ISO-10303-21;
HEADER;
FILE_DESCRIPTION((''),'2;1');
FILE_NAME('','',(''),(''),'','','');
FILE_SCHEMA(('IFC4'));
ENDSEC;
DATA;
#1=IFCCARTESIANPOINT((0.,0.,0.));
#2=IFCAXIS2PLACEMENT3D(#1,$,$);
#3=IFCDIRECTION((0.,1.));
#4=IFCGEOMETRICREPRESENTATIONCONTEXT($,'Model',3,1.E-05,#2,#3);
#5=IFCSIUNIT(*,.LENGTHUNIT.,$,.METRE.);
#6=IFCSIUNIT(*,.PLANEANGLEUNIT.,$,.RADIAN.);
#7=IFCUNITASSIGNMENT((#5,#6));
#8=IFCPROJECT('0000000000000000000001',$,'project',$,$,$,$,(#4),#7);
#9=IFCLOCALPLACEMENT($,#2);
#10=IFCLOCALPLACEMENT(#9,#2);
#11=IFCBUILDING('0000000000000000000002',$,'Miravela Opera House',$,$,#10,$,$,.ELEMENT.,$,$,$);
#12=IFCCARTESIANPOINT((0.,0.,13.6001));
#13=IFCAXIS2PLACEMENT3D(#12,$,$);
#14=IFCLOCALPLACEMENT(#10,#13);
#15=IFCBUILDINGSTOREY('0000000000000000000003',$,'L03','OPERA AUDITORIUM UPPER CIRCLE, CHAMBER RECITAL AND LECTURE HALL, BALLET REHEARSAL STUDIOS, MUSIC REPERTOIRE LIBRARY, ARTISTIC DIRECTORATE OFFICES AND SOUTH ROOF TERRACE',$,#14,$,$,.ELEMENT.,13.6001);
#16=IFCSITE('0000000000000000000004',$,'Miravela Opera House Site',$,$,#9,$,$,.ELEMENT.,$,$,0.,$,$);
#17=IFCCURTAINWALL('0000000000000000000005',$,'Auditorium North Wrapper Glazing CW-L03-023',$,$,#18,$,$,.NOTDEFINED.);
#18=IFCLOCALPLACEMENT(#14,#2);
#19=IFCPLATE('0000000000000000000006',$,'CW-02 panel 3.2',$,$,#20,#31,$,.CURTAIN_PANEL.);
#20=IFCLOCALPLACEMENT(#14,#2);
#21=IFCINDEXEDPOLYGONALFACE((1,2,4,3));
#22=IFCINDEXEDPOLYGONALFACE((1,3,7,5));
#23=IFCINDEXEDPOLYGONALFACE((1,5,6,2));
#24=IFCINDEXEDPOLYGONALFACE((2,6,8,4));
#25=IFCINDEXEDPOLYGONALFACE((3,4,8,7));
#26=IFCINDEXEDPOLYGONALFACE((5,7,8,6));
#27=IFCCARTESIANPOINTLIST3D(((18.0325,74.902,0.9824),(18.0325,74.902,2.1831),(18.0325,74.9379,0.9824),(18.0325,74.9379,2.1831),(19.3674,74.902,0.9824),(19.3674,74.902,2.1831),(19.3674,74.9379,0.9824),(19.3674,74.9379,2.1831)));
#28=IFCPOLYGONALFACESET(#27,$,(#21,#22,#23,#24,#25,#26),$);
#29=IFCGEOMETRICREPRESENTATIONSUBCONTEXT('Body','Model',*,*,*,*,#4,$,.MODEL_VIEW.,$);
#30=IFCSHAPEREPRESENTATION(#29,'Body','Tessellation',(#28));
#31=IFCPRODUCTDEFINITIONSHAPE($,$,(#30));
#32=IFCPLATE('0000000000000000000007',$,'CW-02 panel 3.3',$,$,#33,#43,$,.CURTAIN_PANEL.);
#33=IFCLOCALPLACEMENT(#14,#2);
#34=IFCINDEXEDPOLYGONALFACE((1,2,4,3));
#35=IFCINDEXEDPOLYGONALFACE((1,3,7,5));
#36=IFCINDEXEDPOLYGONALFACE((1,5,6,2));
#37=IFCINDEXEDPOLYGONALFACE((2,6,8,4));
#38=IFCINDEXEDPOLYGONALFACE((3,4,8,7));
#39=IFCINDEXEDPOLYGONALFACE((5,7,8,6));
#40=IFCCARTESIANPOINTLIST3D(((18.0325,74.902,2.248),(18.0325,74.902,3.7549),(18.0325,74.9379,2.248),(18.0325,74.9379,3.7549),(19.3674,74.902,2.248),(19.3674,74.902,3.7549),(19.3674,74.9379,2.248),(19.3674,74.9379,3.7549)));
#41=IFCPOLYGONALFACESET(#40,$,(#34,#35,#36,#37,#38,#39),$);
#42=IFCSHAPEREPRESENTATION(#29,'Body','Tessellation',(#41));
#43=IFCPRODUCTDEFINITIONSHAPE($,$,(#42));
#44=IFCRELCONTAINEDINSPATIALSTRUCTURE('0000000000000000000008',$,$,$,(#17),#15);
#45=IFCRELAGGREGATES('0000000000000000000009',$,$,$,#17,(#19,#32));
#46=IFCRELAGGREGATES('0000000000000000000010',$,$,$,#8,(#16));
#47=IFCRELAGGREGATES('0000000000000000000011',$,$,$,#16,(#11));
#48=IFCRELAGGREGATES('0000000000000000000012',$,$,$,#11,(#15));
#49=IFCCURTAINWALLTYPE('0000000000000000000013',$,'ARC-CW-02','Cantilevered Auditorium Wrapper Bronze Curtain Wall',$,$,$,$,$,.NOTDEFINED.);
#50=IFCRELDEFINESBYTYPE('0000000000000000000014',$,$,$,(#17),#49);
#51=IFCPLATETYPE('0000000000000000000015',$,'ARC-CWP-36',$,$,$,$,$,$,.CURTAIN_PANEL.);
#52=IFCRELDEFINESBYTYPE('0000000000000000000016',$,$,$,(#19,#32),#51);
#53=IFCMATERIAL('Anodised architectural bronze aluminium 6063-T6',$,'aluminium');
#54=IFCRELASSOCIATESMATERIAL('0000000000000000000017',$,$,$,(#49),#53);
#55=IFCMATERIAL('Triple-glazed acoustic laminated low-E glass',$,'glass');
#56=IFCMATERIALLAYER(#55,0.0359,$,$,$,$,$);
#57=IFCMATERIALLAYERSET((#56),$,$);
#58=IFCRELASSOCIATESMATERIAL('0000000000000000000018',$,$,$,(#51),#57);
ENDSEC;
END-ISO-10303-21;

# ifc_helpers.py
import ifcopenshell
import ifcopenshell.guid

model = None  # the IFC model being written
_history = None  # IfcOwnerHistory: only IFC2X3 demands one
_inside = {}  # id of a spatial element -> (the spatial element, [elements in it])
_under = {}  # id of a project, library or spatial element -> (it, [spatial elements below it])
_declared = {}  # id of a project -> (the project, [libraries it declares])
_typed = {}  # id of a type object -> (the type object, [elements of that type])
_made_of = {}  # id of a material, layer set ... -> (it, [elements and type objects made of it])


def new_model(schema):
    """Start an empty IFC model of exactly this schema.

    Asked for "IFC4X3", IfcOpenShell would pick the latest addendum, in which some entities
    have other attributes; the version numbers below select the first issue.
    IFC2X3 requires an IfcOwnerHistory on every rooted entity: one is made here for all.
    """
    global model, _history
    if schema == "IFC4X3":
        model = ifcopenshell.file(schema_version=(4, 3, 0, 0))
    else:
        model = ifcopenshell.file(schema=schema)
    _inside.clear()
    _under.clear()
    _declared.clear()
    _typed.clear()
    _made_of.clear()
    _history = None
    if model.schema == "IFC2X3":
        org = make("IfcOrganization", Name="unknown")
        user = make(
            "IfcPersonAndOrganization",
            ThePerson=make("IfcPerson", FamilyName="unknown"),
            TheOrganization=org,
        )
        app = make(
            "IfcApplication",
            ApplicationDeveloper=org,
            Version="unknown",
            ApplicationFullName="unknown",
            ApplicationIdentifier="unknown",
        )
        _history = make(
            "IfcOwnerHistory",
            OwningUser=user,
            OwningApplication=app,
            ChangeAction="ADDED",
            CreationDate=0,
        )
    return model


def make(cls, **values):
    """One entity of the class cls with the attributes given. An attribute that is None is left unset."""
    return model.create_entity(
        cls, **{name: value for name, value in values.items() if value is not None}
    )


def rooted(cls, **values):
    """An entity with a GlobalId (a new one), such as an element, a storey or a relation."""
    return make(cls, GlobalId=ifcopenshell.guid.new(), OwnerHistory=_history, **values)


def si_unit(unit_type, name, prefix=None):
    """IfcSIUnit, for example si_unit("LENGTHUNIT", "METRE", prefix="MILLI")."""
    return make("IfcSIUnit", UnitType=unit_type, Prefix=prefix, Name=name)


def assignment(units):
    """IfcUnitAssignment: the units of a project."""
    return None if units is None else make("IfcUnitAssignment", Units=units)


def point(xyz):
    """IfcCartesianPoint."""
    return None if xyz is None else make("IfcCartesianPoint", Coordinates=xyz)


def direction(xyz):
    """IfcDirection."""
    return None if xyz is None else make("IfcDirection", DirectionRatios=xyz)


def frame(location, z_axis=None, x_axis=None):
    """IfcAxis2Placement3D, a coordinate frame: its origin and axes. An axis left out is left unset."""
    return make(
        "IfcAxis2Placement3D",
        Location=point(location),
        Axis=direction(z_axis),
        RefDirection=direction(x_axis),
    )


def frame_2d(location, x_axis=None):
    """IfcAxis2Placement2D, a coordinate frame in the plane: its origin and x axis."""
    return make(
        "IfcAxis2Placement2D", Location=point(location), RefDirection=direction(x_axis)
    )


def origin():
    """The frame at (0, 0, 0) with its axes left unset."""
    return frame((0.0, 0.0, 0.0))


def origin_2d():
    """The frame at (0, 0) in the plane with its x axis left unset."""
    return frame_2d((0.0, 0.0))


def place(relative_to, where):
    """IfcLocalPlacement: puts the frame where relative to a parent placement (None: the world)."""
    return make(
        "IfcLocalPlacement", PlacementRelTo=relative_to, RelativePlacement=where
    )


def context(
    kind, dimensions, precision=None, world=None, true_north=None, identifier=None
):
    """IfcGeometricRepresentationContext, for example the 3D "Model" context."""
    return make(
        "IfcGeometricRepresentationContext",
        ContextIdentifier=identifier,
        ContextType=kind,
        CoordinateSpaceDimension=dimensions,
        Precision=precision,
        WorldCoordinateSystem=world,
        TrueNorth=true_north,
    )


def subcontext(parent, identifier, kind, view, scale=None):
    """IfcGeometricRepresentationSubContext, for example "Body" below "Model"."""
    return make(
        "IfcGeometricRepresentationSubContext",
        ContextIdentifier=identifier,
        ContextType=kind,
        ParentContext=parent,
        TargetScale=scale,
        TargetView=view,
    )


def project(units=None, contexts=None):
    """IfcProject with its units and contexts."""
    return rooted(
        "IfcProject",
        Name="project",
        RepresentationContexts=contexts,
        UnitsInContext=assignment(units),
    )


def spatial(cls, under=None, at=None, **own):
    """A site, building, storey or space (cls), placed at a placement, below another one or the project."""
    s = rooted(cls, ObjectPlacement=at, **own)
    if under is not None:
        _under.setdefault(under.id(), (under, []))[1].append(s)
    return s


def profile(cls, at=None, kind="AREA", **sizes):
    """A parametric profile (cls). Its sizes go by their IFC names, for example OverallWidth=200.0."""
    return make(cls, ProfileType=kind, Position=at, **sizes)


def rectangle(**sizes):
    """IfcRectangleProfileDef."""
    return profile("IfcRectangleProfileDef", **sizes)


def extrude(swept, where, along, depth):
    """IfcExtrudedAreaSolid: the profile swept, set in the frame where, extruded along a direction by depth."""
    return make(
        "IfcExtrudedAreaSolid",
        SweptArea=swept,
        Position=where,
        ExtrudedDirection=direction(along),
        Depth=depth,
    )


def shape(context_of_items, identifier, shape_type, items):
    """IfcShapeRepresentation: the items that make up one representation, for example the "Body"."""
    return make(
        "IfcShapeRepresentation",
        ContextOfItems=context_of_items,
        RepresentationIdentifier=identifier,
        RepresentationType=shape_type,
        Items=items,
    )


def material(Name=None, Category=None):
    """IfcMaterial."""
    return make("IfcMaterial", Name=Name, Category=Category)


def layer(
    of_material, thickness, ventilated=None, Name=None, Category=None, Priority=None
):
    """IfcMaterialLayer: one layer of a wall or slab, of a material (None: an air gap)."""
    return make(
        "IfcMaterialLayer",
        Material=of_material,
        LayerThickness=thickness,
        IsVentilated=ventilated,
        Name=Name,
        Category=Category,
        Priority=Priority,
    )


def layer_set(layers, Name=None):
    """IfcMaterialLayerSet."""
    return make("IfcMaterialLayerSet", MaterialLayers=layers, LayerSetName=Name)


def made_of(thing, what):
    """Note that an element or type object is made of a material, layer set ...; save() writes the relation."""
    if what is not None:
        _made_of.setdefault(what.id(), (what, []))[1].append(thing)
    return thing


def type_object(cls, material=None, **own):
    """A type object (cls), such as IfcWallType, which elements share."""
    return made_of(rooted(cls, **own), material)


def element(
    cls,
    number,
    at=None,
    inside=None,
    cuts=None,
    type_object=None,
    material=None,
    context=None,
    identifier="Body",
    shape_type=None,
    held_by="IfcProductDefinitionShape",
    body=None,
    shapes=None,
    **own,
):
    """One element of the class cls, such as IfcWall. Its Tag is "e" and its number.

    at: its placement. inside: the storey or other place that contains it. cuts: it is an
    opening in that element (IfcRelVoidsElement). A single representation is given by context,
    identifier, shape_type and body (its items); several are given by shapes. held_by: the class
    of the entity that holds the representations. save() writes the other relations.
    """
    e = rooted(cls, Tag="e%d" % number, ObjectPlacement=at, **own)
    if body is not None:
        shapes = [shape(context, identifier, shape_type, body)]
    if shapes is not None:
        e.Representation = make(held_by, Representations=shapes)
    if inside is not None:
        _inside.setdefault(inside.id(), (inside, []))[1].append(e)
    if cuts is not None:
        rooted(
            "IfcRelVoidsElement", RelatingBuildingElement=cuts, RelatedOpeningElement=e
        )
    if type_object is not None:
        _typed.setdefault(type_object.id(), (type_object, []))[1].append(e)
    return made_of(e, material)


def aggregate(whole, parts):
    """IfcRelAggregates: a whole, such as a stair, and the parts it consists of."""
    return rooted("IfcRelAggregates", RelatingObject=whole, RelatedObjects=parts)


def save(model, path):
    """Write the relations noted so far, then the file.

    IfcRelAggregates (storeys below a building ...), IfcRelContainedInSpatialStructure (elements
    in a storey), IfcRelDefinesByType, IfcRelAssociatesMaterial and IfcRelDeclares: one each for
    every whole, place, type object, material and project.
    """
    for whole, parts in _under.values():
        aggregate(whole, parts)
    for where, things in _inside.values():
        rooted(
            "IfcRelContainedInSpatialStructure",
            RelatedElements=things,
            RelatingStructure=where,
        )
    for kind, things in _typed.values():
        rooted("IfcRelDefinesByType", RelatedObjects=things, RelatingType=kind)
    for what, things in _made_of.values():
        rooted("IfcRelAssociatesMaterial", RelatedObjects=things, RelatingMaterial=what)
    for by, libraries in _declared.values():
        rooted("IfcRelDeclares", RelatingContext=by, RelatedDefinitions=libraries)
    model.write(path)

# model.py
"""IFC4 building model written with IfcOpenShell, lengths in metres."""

from ifc_helpers import new_model, si_unit, direction, frame, origin, origin_2d, place, context, subcontext, project, spatial, rectangle, extrude, material, layer, layer_set, type_object, element, aggregate, save


model = new_model("IFC4")

# Units and contexts
model_context = context("Model", 3, precision=1e-05, world=origin(), true_north=direction((0.0, 1.0)))
body_context = subcontext(model_context, "Body", "Model", "MODEL_VIEW")
ifc_project = project(units=[si_unit("LENGTHUNIT", "METRE"), si_unit("PLANEANGLEUNIT", "RADIAN")], contexts=[model_context])

# Site, building, storey
site_placement = place(None, origin())
site = spatial("IfcSite", under=ifc_project, at=site_placement, Name="Miravela Opera House Site", CompositionType="ELEMENT", RefElevation=0.0)
building_placement = place(site_placement, origin())
building = spatial("IfcBuilding", under=site, at=building_placement, Name="Miravela Opera House", CompositionType="ELEMENT")
storey_placement = place(building_placement, frame((0.0, 0.0, 13.6001)))
storey = spatial("IfcBuildingStorey", under=building, at=storey_placement, Name="L03", Description="OPERA AUDITORIUM UPPER CIRCLE, CHAMBER RECITAL AND LECTURE HALL, BALLET REHEARSAL STUDIOS, MUSIC REPERTOIRE LIBRARY, ARTISTIC DIRECTORATE OFFICES AND SOUTH ROOF TERRACE", CompositionType="ELEMENT", Elevation=13.6001)

# Curtain wall, plates
ifc_material_1 = material(Name="Anodised architectural bronze aluminium 6063-T6", Category="aluminium")
curtain_wall_type = type_object("IfcCurtainWallType", Name="ARC-CW-02", Description="Cantilevered Auditorium Wrapper Bronze Curtain Wall", PredefinedType="NOTDEFINED", material=ifc_material_1)
curtain_wall_placement = place(storey_placement, origin())
curtain_wall = element("IfcCurtainWall", 1, at=curtain_wall_placement, inside=storey, type_object=curtain_wall_type, Name="Auditorium North Wrapper Glazing CW-L03-023", PredefinedType="NOTDEFINED")
ifc_material_2 = material(Name="Triple-glazed acoustic laminated low-E glass", Category="glass")
ifc_layer = layer(ifc_material_2, 0.0359)
ifc_layer_set = layer_set([ifc_layer])
plate_type = type_object("IfcPlateType", Name="ARC-CWP-36", PredefinedType="CURTAIN_PANEL", material=ifc_layer_set)
plate_1_placement = place(storey_placement, frame((18.7, 74.9199, 0.9824), z_axis=(0.0, 0.0, 1.0), x_axis=(1.0, 0.0, 0.0)))
plate_1 = element("IfcPlate", 2, at=plate_1_placement, type_object=plate_type, Name="CW-02 panel 3.2", PredefinedType="CURTAIN_PANEL", context=body_context, shape_type="SweptSolid", body=[
    extrude(rectangle(XDim=1.335, YDim=0.0359, at=origin_2d()), origin(), (0.0, 0.0, 1.0), 1.2007),
])
plate_2_placement = place(storey_placement, frame((18.7, 74.9199, 2.248), z_axis=(0.0, 0.0, 1.0), x_axis=(1.0, 0.0, 0.0)))
plate_2 = element("IfcPlate", 3, at=plate_2_placement, type_object=plate_type, Name="CW-02 panel 3.3", PredefinedType="CURTAIN_PANEL", context=body_context, shape_type="SweptSolid", body=[
    extrude(rectangle(XDim=1.335, YDim=0.0359, at=origin_2d()), origin(), (0.0, 0.0, 1.0), 1.5068),
])
aggregate(curtain_wall, [plate_1, plate_2])

save(model, "model.ifc")
